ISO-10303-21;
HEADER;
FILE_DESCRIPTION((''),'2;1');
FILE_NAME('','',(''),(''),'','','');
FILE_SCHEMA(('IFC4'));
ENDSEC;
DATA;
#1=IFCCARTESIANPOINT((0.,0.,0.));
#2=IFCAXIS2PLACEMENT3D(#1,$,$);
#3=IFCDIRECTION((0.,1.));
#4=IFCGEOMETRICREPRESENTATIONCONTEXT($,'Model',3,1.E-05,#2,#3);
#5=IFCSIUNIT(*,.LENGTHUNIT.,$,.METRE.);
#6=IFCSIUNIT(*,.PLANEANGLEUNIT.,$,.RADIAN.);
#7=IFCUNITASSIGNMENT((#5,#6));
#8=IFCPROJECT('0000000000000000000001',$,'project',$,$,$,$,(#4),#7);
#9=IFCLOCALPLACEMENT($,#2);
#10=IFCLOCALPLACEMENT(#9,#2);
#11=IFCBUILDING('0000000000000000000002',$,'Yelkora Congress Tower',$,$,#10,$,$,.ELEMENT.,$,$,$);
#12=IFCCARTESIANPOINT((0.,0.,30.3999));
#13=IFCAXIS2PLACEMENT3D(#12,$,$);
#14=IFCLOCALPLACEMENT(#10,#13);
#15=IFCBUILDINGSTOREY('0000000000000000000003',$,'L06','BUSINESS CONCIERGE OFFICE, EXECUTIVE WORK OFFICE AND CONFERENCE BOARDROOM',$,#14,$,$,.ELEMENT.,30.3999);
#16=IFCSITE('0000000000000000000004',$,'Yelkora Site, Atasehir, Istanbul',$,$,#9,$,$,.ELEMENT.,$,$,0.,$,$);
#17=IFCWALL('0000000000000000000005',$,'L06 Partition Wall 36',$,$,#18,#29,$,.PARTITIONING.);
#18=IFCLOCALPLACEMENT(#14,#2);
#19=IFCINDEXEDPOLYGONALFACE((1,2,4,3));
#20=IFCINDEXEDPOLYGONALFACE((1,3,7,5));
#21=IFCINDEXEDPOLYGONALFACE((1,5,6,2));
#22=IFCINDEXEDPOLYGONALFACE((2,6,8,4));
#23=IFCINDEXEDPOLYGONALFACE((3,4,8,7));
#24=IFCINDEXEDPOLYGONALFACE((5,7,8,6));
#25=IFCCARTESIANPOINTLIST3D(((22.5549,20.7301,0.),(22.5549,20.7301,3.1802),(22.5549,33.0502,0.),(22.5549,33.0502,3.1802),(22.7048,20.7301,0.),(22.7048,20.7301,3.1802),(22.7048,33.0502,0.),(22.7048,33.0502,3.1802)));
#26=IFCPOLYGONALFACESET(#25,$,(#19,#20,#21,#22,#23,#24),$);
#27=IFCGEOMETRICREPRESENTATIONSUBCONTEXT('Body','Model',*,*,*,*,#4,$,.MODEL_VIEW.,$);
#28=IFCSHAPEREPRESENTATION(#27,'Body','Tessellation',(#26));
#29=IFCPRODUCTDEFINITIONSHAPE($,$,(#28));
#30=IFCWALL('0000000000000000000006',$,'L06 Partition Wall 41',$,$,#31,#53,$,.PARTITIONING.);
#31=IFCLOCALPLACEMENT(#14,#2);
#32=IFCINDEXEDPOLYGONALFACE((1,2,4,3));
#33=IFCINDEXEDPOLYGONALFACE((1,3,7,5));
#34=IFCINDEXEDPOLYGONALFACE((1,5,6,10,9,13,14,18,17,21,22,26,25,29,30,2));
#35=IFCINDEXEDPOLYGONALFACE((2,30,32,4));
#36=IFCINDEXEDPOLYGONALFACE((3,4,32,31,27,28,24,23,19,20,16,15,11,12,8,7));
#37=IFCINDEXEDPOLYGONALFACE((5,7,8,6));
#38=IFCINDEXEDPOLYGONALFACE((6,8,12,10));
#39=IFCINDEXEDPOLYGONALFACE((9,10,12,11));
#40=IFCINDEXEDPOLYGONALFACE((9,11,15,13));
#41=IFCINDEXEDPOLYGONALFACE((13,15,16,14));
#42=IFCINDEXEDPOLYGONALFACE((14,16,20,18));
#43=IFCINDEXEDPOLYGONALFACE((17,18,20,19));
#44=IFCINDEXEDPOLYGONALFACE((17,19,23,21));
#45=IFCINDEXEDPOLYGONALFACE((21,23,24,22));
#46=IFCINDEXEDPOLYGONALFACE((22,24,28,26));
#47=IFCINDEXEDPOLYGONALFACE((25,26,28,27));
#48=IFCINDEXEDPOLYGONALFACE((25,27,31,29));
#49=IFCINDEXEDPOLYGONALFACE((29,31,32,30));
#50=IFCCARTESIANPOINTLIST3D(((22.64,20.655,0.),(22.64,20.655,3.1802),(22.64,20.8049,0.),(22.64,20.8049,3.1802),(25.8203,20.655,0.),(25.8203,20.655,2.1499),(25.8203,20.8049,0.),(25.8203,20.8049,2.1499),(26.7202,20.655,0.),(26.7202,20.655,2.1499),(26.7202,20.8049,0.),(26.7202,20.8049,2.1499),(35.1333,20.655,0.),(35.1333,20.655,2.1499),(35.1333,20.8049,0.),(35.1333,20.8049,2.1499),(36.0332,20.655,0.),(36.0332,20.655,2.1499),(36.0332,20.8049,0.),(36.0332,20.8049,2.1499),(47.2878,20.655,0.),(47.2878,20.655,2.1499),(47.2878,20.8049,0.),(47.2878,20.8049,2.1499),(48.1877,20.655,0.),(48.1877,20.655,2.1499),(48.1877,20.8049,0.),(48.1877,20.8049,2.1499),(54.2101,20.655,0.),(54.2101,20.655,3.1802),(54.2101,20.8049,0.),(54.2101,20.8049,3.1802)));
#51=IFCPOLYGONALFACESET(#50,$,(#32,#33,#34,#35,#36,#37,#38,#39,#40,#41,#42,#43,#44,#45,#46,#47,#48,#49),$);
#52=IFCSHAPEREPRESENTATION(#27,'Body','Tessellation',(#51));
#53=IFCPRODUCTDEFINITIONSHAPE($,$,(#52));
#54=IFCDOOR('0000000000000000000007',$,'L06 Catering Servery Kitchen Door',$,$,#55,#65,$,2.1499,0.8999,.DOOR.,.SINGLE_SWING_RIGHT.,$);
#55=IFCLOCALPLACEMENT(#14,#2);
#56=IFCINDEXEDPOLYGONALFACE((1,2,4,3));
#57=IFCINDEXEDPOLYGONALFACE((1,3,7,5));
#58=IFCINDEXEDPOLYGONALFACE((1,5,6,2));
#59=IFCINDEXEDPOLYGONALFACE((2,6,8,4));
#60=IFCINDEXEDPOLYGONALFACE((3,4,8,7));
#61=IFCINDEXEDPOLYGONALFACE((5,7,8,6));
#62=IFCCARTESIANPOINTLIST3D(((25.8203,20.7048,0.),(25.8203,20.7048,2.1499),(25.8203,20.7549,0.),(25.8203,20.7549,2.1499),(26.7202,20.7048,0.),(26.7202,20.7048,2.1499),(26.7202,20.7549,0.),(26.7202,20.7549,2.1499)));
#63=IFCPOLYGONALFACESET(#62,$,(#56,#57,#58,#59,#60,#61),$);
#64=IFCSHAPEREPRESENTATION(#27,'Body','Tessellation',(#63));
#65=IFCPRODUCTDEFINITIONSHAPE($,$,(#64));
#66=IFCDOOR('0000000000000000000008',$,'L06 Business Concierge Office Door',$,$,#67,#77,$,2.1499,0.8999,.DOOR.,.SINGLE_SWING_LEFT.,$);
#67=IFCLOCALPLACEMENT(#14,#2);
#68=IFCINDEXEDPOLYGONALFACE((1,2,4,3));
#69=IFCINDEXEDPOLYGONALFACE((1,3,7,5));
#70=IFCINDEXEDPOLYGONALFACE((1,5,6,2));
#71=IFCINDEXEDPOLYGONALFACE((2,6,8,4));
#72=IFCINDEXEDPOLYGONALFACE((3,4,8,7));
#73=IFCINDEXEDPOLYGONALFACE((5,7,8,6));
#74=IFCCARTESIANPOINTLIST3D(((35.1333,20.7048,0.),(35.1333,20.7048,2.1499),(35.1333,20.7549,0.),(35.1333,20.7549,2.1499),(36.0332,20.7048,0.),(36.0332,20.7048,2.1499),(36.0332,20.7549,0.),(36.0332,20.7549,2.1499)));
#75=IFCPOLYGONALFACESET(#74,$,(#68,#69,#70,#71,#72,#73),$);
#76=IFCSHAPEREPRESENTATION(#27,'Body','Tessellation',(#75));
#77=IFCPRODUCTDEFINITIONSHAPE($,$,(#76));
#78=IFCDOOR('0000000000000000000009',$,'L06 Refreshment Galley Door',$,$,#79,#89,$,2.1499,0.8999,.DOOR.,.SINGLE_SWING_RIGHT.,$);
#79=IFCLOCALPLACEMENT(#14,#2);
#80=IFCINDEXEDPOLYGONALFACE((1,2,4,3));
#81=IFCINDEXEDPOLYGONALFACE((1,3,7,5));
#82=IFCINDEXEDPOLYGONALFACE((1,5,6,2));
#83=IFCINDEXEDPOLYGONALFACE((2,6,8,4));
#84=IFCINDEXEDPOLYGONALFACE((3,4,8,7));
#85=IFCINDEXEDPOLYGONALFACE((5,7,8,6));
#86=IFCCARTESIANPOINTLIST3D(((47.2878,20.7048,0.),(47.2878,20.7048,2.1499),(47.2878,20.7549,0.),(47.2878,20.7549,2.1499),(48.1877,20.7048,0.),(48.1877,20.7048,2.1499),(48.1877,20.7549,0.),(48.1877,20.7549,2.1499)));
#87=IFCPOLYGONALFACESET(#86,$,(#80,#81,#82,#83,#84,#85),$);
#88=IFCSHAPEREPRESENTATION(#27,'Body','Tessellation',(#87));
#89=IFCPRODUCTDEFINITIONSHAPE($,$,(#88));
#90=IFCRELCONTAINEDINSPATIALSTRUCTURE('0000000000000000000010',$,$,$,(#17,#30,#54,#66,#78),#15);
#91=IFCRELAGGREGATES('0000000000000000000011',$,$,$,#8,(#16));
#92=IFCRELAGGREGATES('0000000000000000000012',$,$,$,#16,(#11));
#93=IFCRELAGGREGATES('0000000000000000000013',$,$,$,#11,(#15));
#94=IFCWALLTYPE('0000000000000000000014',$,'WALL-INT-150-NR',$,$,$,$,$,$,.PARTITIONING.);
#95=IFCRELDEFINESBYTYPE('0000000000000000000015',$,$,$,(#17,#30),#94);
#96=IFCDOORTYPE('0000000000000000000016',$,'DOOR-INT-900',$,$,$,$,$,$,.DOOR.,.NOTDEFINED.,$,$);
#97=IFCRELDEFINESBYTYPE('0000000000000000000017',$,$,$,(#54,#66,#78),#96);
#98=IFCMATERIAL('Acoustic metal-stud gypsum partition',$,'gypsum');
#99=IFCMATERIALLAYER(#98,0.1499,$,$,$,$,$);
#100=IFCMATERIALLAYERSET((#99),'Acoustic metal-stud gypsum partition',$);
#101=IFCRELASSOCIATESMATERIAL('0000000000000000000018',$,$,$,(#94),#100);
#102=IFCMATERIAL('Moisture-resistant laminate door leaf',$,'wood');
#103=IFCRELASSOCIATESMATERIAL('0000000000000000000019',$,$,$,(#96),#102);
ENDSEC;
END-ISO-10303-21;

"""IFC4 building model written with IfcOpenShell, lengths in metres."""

from ifc_helpers import new_model, si_unit, direction, frame, frame_2d, origin, place, context, subcontext, project, spatial, rectangle, extrude, material, layer, layer_set, type_object, element, fill, save


model = new_model("IFC4")

# Units and contexts
model_context = context("Model", 3, precision=1e-05, world=origin(), true_north=direction((0.0, 1.0)))
body_context = subcontext(model_context, "Body", "Model", "MODEL_VIEW")
ifc_project = project(units=[si_unit("LENGTHUNIT", "METRE"), si_unit("PLANEANGLEUNIT", "RADIAN")], contexts=[model_context])

# Site, building, storey
site_placement = place(None, origin())
site = spatial("IfcSite", under=ifc_project, at=site_placement, Name="Yelkora Site, Atasehir, Istanbul", CompositionType="ELEMENT", RefElevation=0.0)
building_placement = place(site_placement, origin())
building = spatial("IfcBuilding", under=site, at=building_placement, Name="Yelkora Congress Tower", CompositionType="ELEMENT")
storey_placement = place(building_placement, frame((0.0, 0.0, 30.3999)))
storey = spatial("IfcBuildingStorey", under=building, at=storey_placement, Name="L06", Description="BUSINESS CONCIERGE OFFICE, EXECUTIVE WORK OFFICE AND CONFERENCE BOARDROOM", CompositionType="ELEMENT", Elevation=30.3999)

# Shared definitions
ifc_material_1 = material(Name="Acoustic metal-stud gypsum partition", Category="gypsum")
ifc_layer_1 = layer(ifc_material_1, 0.1499)
ifc_layer_set_1 = layer_set([ifc_layer_1], Name="Acoustic metal-stud gypsum partition")
wall_type = type_object("IfcWallType", Name="WALL-INT-150-NR", PredefinedType="PARTITIONING", material=ifc_layer_set_1)
ifc_material_2 = material(Name="Moisture-resistant laminate door leaf", Category="wood")
door_type = type_object("IfcDoorType", Name="DOOR-INT-900", OperationType="NOTDEFINED", PredefinedType="DOOR", material=ifc_material_2)

# Wall
wall_1_placement = place(storey_placement, frame((22.6299, 20.73, 0.0), z_axis=(0.0, 0.0, 1.0), x_axis=(0.0, 1.0, 0.0)))
element("IfcWall", 1, at=wall_1_placement, inside=storey, type_object=wall_type, Name="L06 Partition Wall 36", PredefinedType="PARTITIONING", context=body_context, shape_type="SweptSolid", body=[
    extrude(rectangle(XDim=12.3201, YDim=0.1499, at=frame_2d((6.1602, 0.0))), origin(), (0.0, 0.0, 1.0), 3.1802),
])

# Wall, openings, doors
wall_2_placement = place(storey_placement, frame((22.6399, 20.73, 0.0), z_axis=(0.0, 0.0, 1.0), x_axis=(1.0, 0.0, 0.0)))
wall_2 = element("IfcWall", 2, at=wall_2_placement, inside=storey, type_object=wall_type, Name="L06 Partition Wall 41", PredefinedType="PARTITIONING", context=body_context, shape_type="SweptSolid", body=[
    extrude(rectangle(XDim=31.5701, YDim=0.1499, at=frame_2d((15.7852, 0.0))), origin(), (0.0, 0.0, 1.0), 3.1802),
])
opening_1_placement = place(wall_2_placement, frame((3.1804, 0.0, 0.0)))
opening_1 = element("IfcOpeningElement", 3, at=opening_1_placement, cuts=wall_2, PredefinedType="OPENING", context=body_context, shape_type="SweptSolid", body=[
    extrude(rectangle(XDim=0.8999, YDim=2.1499, at=frame_2d((0.45, 1.075))), frame((0.0, 0.085, 0.0), z_axis=(0.0, -1.0, 0.0), x_axis=(1.0, 0.0, 0.0)), (0.0, 0.0, 1.0), 0.1699),
])
opening_2_placement = place(wall_2_placement, frame((12.4934, 0.0, 0.0)))
opening_2 = element("IfcOpeningElement", 4, at=opening_2_placement, cuts=wall_2, PredefinedType="OPENING", context=body_context, shape_type="SweptSolid", body=[
    extrude(rectangle(XDim=0.8999, YDim=2.1499, at=frame_2d((0.45, 1.075))), frame((0.0, 0.085, 0.0), z_axis=(0.0, -1.0, 0.0), x_axis=(1.0, 0.0, 0.0)), (0.0, 0.0, 1.0), 0.1699),
])
opening_3_placement = place(wall_2_placement, frame((24.6479, 0.0, 0.0)))
opening_3 = element("IfcOpeningElement", 5, at=opening_3_placement, cuts=wall_2, PredefinedType="OPENING", context=body_context, shape_type="SweptSolid", body=[
    extrude(rectangle(XDim=0.8999, YDim=2.1499, at=frame_2d((0.45, 1.075))), frame((0.0, 0.085, 0.0), z_axis=(0.0, -1.0, 0.0), x_axis=(1.0, 0.0, 0.0)), (0.0, 0.0, 1.0), 0.1699),
])
door_1_placement = place(opening_1_placement, origin())
door_1 = element("IfcDoor", 6, at=door_1_placement, inside=storey, type_object=door_type, Name="L06 Catering Servery Kitchen Door", OperationType="SINGLE_SWING_RIGHT", OverallHeight=2.1499, OverallWidth=0.8999, PredefinedType="DOOR", context=body_context, shape_type="SweptSolid", body=[
    extrude(rectangle(XDim=0.8999, YDim=2.1499, at=frame_2d((0.45, 1.075))), frame((0.0, 0.0249, 0.0), z_axis=(0.0, -1.0, 0.0), x_axis=(1.0, 0.0, 0.0)), (0.0, 0.0, 1.0), 0.05),
])
fill(opening_1, door_1)
door_2_placement = place(opening_2_placement, origin())
door_2 = element("IfcDoor", 7, at=door_2_placement, inside=storey, type_object=door_type, Name="L06 Business Concierge Office Door", OperationType="SINGLE_SWING_LEFT", OverallHeight=2.1499, OverallWidth=0.8999, PredefinedType="DOOR", context=body_context, shape_type="SweptSolid", body=[
    extrude(rectangle(XDim=0.8999, YDim=2.1499, at=frame_2d((0.45, 1.075))), frame((0.0, 0.0249, 0.0), z_axis=(0.0, -1.0, 0.0), x_axis=(1.0, 0.0, 0.0)), (0.0, 0.0, 1.0), 0.05),
])
fill(opening_2, door_2)
door_3_placement = place(opening_3_placement, origin())
door_3 = element("IfcDoor", 8, at=door_3_placement, inside=storey, type_object=door_type, Name="L06 Refreshment Galley Door", OperationType="SINGLE_SWING_RIGHT", OverallHeight=2.1499, OverallWidth=0.8999, PredefinedType="DOOR", context=body_context, shape_type="SweptSolid", body=[
    extrude(rectangle(XDim=0.8999, YDim=2.1499, at=frame_2d((0.45, 1.075))), frame((0.0, 0.0249, 0.0), z_axis=(0.0, -1.0, 0.0), x_axis=(1.0, 0.0, 0.0)), (0.0, 0.0, 1.0), 0.05),
])
fill(opening_3, door_3)

save(model, "model.ifc")
